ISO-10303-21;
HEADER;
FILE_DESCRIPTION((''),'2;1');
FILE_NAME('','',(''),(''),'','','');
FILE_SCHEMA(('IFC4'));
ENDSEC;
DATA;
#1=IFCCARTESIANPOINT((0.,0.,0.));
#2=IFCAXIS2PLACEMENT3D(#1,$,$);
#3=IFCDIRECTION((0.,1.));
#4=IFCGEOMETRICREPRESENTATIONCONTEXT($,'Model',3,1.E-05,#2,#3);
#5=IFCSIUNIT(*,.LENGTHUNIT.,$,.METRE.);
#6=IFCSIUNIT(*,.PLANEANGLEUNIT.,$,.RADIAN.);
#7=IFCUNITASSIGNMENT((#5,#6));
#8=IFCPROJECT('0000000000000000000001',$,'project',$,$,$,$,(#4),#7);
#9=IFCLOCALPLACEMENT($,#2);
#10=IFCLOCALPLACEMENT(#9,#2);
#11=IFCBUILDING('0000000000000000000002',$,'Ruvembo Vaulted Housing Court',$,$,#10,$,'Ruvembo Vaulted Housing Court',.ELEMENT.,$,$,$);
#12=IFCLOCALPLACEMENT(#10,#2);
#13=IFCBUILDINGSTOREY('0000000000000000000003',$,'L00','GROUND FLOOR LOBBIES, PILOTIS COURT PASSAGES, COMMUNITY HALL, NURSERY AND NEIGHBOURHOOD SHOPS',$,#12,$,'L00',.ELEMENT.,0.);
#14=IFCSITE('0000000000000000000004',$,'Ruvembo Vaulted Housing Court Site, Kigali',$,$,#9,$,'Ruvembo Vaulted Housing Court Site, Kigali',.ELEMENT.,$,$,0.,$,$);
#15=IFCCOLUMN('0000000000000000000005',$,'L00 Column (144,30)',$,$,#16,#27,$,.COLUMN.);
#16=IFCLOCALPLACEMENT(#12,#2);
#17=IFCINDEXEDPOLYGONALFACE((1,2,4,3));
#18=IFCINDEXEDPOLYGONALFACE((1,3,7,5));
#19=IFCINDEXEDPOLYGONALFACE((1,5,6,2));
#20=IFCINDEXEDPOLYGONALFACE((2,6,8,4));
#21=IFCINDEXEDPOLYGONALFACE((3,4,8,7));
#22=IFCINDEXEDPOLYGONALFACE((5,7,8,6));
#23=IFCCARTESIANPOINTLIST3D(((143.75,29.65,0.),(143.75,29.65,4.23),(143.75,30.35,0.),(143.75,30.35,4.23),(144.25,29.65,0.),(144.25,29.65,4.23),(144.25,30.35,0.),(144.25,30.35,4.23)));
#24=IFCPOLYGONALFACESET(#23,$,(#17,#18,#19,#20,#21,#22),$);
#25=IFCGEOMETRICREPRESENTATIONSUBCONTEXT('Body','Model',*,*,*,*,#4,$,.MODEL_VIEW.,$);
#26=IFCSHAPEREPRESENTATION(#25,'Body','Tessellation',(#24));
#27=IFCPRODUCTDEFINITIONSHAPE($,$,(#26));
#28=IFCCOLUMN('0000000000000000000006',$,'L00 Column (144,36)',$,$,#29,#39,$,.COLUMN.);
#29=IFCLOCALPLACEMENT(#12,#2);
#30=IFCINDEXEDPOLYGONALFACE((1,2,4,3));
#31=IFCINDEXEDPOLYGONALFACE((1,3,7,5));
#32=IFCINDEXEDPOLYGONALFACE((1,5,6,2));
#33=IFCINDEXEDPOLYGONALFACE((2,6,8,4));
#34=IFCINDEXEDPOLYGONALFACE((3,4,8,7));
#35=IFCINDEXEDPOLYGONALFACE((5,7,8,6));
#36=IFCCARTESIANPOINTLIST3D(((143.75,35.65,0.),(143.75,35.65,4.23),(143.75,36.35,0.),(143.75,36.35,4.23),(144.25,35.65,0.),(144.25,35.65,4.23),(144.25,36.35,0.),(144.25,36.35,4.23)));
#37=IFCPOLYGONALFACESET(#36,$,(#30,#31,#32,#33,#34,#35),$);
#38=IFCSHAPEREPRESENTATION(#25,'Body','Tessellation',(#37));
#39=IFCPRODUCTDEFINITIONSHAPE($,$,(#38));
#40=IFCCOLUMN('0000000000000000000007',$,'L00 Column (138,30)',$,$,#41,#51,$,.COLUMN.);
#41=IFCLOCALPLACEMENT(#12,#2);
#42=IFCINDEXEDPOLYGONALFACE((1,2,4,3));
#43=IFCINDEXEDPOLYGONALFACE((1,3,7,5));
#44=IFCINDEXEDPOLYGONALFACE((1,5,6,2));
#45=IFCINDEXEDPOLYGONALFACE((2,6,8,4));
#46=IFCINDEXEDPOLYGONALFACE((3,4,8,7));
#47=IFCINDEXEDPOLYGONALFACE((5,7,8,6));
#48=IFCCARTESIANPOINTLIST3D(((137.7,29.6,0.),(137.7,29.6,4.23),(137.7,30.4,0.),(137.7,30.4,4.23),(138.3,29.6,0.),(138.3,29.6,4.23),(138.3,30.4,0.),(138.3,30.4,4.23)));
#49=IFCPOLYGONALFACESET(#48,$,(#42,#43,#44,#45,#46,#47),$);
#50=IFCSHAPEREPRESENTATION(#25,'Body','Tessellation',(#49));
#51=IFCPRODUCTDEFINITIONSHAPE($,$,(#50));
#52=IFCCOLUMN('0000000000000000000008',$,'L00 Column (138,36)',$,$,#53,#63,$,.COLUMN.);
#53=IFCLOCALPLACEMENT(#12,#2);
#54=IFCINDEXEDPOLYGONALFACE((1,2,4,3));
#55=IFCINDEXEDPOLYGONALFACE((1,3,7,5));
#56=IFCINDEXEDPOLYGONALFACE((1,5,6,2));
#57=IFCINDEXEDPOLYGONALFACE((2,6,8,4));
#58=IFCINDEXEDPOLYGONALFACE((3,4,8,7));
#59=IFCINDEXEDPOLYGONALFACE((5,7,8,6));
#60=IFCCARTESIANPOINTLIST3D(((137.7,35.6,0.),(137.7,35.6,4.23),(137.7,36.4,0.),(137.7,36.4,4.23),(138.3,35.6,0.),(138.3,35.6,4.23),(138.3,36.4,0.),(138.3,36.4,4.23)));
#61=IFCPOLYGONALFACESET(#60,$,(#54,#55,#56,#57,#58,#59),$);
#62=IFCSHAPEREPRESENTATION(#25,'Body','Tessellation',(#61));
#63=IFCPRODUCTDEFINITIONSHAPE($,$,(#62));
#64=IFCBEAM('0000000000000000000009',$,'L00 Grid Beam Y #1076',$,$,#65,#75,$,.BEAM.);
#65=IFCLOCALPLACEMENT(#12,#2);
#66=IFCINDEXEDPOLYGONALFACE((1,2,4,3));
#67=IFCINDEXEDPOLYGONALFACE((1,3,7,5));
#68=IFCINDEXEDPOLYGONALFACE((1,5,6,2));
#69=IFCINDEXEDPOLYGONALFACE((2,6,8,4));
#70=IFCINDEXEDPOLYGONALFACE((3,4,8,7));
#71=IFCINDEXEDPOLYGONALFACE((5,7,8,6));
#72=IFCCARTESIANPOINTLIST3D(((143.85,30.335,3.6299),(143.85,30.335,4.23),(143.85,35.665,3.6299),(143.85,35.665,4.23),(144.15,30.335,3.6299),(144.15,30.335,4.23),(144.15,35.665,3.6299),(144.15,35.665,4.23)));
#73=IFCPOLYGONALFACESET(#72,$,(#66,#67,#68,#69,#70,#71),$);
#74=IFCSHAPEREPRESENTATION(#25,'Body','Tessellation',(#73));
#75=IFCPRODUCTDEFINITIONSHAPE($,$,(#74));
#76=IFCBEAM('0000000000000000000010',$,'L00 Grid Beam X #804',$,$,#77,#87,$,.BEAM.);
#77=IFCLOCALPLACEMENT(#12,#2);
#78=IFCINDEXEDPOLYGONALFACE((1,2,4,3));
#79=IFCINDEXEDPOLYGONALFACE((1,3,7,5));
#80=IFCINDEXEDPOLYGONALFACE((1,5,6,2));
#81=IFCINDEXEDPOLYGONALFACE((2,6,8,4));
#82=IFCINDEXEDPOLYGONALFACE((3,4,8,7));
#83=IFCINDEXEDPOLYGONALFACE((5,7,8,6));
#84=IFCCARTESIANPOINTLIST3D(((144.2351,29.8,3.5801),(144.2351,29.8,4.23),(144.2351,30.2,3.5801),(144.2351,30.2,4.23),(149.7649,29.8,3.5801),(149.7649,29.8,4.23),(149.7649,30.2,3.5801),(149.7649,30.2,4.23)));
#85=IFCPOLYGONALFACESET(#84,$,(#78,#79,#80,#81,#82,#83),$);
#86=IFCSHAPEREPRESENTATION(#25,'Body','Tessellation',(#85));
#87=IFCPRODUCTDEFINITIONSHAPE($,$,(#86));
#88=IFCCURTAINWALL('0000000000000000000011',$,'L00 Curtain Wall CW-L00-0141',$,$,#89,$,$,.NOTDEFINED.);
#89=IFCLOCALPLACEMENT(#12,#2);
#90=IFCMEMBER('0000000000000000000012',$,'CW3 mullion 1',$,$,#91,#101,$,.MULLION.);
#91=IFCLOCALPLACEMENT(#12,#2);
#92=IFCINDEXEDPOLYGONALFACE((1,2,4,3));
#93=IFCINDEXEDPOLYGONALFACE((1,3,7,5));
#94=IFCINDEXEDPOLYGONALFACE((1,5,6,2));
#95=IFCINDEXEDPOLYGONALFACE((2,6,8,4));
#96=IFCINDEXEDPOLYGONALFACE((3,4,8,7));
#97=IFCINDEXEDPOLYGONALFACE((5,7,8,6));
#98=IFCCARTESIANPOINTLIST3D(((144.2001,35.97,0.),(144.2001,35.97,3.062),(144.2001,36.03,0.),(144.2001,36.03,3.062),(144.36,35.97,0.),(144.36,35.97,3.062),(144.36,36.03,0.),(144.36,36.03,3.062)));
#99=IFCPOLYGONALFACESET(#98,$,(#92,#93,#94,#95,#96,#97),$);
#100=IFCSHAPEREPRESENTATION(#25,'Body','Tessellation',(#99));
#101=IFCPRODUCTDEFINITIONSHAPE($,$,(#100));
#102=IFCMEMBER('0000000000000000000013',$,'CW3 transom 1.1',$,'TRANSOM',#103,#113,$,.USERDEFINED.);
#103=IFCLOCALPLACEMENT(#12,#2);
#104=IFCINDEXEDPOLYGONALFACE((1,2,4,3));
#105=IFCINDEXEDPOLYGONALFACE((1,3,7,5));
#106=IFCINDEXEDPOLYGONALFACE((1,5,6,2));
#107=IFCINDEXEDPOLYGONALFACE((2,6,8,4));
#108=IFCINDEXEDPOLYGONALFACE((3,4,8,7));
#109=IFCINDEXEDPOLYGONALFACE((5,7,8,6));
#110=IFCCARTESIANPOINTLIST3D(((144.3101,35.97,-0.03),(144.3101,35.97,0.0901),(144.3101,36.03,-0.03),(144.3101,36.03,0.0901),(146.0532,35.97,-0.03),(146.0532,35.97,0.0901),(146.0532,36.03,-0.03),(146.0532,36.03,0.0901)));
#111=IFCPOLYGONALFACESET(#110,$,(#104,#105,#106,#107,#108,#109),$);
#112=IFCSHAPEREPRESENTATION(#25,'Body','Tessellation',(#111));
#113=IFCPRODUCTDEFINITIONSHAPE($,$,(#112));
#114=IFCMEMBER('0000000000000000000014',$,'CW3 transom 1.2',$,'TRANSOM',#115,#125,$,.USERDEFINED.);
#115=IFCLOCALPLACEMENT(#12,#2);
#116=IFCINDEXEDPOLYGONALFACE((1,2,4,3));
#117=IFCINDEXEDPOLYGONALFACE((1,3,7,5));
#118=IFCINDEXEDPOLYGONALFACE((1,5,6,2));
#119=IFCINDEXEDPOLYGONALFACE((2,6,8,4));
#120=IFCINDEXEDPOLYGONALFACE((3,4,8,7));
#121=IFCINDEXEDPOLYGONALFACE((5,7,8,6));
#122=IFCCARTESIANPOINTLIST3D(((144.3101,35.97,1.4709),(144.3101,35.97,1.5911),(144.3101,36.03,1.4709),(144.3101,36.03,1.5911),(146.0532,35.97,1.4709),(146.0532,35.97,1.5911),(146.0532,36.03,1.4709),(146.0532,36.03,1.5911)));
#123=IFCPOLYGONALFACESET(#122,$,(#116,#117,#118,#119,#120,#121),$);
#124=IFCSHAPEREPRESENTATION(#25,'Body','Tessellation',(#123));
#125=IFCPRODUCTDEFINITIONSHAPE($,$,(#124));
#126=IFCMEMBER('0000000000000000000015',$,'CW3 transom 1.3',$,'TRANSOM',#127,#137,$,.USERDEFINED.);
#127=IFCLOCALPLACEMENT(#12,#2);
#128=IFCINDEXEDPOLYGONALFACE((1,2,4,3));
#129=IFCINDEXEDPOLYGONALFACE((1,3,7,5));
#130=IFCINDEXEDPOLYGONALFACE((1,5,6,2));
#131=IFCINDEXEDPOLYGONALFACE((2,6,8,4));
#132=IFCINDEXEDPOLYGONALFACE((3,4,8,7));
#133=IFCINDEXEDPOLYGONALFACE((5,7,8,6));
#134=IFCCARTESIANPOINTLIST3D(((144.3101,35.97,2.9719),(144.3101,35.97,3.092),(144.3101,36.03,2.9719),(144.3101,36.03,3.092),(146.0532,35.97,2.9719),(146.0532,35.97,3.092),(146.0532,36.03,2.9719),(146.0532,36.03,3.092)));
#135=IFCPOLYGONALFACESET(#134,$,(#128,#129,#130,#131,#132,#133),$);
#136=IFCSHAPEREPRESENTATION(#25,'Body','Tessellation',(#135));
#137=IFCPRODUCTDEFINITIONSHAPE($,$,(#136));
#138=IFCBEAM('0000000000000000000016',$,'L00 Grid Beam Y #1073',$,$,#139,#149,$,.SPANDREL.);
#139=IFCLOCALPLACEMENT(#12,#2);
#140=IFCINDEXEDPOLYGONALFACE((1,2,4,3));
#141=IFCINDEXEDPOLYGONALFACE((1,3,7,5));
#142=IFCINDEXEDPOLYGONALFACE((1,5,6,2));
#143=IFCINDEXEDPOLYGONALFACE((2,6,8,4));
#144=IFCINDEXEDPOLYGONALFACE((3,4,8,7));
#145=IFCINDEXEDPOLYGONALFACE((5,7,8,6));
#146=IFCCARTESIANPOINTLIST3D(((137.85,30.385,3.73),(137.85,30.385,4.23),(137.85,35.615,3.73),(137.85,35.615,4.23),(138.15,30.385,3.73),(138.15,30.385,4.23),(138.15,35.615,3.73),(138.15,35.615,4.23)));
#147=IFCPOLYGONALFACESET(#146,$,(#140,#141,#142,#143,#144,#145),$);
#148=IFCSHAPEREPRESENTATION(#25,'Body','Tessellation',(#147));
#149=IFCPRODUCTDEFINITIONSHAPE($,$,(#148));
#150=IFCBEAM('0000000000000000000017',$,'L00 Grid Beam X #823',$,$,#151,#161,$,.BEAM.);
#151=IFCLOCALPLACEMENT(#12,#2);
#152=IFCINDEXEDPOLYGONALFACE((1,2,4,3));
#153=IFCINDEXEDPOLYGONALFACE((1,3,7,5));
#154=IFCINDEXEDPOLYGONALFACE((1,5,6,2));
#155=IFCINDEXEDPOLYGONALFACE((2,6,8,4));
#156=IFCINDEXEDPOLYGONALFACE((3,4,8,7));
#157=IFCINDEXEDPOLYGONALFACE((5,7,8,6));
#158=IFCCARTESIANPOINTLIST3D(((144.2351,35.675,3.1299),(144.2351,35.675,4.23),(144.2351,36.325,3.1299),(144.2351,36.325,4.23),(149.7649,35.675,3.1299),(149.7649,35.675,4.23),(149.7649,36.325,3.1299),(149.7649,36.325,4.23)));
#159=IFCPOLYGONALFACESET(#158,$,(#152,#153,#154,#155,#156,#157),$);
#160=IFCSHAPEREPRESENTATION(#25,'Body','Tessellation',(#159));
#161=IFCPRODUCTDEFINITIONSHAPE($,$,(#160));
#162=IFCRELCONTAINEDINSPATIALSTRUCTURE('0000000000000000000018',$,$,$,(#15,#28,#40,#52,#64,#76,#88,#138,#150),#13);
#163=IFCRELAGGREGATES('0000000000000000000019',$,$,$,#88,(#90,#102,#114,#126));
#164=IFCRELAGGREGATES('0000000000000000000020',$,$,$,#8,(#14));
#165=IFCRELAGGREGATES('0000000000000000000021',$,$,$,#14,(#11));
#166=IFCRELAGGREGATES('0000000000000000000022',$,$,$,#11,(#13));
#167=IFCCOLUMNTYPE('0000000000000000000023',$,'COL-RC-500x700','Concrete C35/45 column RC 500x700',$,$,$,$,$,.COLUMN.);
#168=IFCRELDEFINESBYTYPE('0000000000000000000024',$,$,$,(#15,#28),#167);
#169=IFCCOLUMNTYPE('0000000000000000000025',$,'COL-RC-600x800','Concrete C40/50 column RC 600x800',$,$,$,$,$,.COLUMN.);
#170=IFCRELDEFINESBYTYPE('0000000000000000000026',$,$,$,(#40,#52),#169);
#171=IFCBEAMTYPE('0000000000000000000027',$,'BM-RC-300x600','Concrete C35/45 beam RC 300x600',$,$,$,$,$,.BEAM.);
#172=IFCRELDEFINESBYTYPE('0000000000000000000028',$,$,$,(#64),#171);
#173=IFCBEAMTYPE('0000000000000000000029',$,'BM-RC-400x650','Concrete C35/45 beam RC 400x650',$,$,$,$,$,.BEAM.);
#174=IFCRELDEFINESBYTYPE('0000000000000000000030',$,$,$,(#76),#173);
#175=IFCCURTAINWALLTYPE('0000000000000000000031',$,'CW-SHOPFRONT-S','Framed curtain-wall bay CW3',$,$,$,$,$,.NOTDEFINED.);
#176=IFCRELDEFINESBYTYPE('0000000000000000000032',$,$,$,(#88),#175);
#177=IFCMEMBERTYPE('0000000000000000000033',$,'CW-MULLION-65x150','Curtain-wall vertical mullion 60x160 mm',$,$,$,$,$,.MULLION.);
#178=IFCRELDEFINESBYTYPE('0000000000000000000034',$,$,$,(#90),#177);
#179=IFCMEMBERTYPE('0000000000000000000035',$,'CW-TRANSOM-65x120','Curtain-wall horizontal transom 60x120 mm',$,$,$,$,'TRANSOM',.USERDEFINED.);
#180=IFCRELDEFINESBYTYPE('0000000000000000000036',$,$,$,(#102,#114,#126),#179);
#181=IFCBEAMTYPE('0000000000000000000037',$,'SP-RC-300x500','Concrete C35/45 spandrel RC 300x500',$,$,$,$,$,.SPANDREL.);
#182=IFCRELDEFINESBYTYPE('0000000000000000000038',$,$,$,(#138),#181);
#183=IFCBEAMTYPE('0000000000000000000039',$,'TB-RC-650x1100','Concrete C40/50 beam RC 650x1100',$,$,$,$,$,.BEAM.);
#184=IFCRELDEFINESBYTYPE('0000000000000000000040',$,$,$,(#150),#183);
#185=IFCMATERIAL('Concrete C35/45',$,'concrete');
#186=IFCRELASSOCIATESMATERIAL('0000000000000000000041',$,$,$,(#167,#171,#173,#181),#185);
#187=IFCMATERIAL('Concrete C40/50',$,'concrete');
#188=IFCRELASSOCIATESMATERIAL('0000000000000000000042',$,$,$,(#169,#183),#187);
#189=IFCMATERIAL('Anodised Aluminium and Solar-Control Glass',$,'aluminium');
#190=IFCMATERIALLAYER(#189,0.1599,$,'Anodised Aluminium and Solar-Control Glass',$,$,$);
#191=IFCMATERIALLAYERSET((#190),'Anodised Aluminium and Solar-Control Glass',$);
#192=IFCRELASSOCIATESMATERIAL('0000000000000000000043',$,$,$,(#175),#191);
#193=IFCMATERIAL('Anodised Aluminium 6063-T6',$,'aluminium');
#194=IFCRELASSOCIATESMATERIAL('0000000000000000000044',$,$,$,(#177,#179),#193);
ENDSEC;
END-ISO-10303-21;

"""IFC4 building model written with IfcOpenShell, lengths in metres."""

from ifc_helpers import new_model, si_unit, direction, frame, origin, origin_2d, place, context, subcontext, project, spatial, rectangle, extrude, material, layer, layer_set, material_profile, profile_set, type_object, element, aggregate, save


model = new_model("IFC4")

# Units and contexts
model_context = context("Model", 3, precision=1e-05, world=origin(), true_north=direction((0.0, 1.0)))
body_context = subcontext(model_context, "Body", "Model", "MODEL_VIEW")
ifc_project = project(units=[si_unit("LENGTHUNIT", "METRE"), si_unit("PLANEANGLEUNIT", "RADIAN")], contexts=[model_context])

# Site, building, storey
site_placement = place(None, origin())
site = spatial("IfcSite", under=ifc_project, at=site_placement, Name="Ruvembo Vaulted Housing Court Site, Kigali", LongName="Ruvembo Vaulted Housing Court Site, Kigali", CompositionType="ELEMENT", RefElevation=0.0)
building_placement = place(site_placement, origin())
building = spatial("IfcBuilding", under=site, at=building_placement, Name="Ruvembo Vaulted Housing Court", LongName="Ruvembo Vaulted Housing Court", CompositionType="ELEMENT")
storey_placement = place(building_placement, origin())
storey = spatial("IfcBuildingStorey", under=building, at=storey_placement, Name="L00", Description="GROUND FLOOR LOBBIES, PILOTIS COURT PASSAGES, COMMUNITY HALL, NURSERY AND NEIGHBOURHOOD SHOPS", LongName="L00", CompositionType="ELEMENT", Elevation=0.0)

# Columns
ifc_material_1 = material(Name="Concrete C35/45", Category="concrete")
ifc_material_profile_1 = material_profile(ifc_material_1, rectangle(XDim=0.5, YDim=0.7, at=origin_2d()), Name="RC 500x700")
ifc_profile_set_1 = profile_set([ifc_material_profile_1], Name="Concrete C35/45")
column_type_1 = type_object("IfcColumnType", Name="COL-RC-500x700", Description="Concrete C35/45 column RC 500x700", PredefinedType="COLUMN", material=ifc_profile_set_1)
for number, where, z_axis, x_axis, name in (
    (1, (144.0, 30.0, 0.0), (0.0, 0.0, 1.0), (1.0, 0.0, 0.0), "L00 Column (144,30)"),
    (2, (144.0, 36.0, 0.0), (0.0, 0.0, 1.0), (1.0, 0.0, 0.0), "L00 Column (144,36)"),
):
    element("IfcColumn", number, at=place(storey_placement, frame(where, z_axis=z_axis, x_axis=x_axis)), inside=storey, type_object=column_type_1, Name=name, PredefinedType="COLUMN", context=body_context, shape_type="SweptSolid", body=[
        extrude(rectangle(XDim=0.5, YDim=0.7, at=origin_2d()), origin(), (0.0, 0.0, 1.0), 4.23),
    ])
ifc_material_2 = material(Name="Concrete C40/50", Category="concrete")
ifc_material_profile_2 = material_profile(ifc_material_2, rectangle(XDim=0.6001, YDim=0.8, at=origin_2d()), Name="RC 600x800")
ifc_profile_set_2 = profile_set([ifc_material_profile_2], Name="Concrete C40/50")
column_type_2 = type_object("IfcColumnType", Name="COL-RC-600x800", Description="Concrete C40/50 column RC 600x800", PredefinedType="COLUMN", material=ifc_profile_set_2)
for number, where, z_axis, x_axis, name in (
    (3, (138.0, 30.0, 0.0), (0.0, 0.0, 1.0), (1.0, 0.0, 0.0), "L00 Column (138,30)"),
    (4, (138.0, 36.0, 0.0), (0.0, 0.0, 1.0), (1.0, 0.0, 0.0), "L00 Column (138,36)"),
):
    element("IfcColumn", number, at=place(storey_placement, frame(where, z_axis=z_axis, x_axis=x_axis)), inside=storey, type_object=column_type_2, Name=name, PredefinedType="COLUMN", context=body_context, shape_type="SweptSolid", body=[
        extrude(rectangle(XDim=0.6001, YDim=0.8, at=origin_2d()), origin(), (0.0, 0.0, 1.0), 4.23),
    ])

# Beams
ifc_material_profile_3 = material_profile(ifc_material_1, rectangle(XDim=0.3, YDim=0.6001, at=origin_2d()), Name="RC 300x600")
ifc_profile_set_3 = profile_set([ifc_material_profile_3], Name="Concrete C35/45")
beam_type_1 = type_object("IfcBeamType", Name="BM-RC-300x600", Description="Concrete C35/45 beam RC 300x600", PredefinedType="BEAM", material=ifc_profile_set_3)
beam_1_placement = place(storey_placement, frame((144.0, 30.335, 3.9299), z_axis=(0.0, 1.0, 0.0), x_axis=(-1.0, 0.0, 0.0)))
element("IfcBeam", 5, at=beam_1_placement, inside=storey, type_object=beam_type_1, Name="L00 Grid Beam Y #1076", PredefinedType="BEAM", context=body_context, shape_type="SweptSolid", body=[
    extrude(rectangle(XDim=0.3, YDim=0.6001, at=origin_2d()), origin(), (0.0, 0.0, 1.0), 5.3301),
])
ifc_material_profile_4 = material_profile(ifc_material_1, rectangle(XDim=0.3999, YDim=0.6499, at=origin_2d()), Name="RC 400x650")
ifc_profile_set_4 = profile_set([ifc_material_profile_4], Name="Concrete C35/45")
beam_type_2 = type_object("IfcBeamType", Name="BM-RC-400x650", Description="Concrete C35/45 beam RC 400x650", PredefinedType="BEAM", material=ifc_profile_set_4)
beam_2_placement = place(storey_placement, frame((144.2351, 30.0, 3.905), z_axis=(1.0, 0.0, 0.0), x_axis=(0.0, 1.0, 0.0)))
element("IfcBeam", 6, at=beam_2_placement, inside=storey, type_object=beam_type_2, Name="L00 Grid Beam X #804", PredefinedType="BEAM", context=body_context, shape_type="SweptSolid", body=[
    extrude(rectangle(XDim=0.3999, YDim=0.6499, at=origin_2d()), origin(), (0.0, 0.0, 1.0), 5.5298),
])

# Curtain wall, members
ifc_material_3 = material(Name="Anodised Aluminium and Solar-Control Glass", Category="aluminium")
ifc_layer_1 = layer(ifc_material_3, 0.1599, Name="Anodised Aluminium and Solar-Control Glass")
ifc_layer_set_1 = layer_set([ifc_layer_1], Name="Anodised Aluminium and Solar-Control Glass")
curtain_wall_type = type_object("IfcCurtainWallType", Name="CW-SHOPFRONT-S", Description="Framed curtain-wall bay CW3", PredefinedType="NOTDEFINED", material=ifc_layer_set_1)
curtain_wall_placement = place(storey_placement, origin())
curtain_wall = element("IfcCurtainWall", 7, at=curtain_wall_placement, inside=storey, type_object=curtain_wall_type, Name="L00 Curtain Wall CW-L00-0141", PredefinedType="NOTDEFINED")
ifc_material_4 = material(Name="Anodised Aluminium 6063-T6", Category="aluminium")
ifc_material_profile_5 = material_profile(ifc_material_4, rectangle(XDim=0.0601, YDim=0.1599, at=origin_2d()), Name="ALU 60x160")
ifc_profile_set_5 = profile_set([ifc_material_profile_5], Name="Anodised Aluminium 6063-T6")
member_type_1 = type_object("IfcMemberType", Name="CW-MULLION-65x150", Description="Curtain-wall vertical mullion 60x160 mm", PredefinedType="MULLION", material=ifc_profile_set_5)
member_1_placement = place(storey_placement, frame((144.28, 36.0, 0.0), z_axis=(0.0, 0.0, 1.0), x_axis=(0.0, 1.0, 0.0)))
member_1 = element("IfcMember", 8, at=member_1_placement, type_object=member_type_1, Name="CW3 mullion 1", PredefinedType="MULLION", context=body_context, shape_type="SweptSolid", body=[
    extrude(rectangle(XDim=0.0601, YDim=0.1599, at=origin_2d()), origin(), (0.0, 0.0, 1.0), 3.062),
])
ifc_material_profile_6 = material_profile(ifc_material_4, rectangle(XDim=0.0601, YDim=0.1201, at=origin_2d()), Name="ALU 60x120")
ifc_profile_set_6 = profile_set([ifc_material_profile_6], Name="Anodised Aluminium 6063-T6")
member_type_2 = type_object("IfcMemberType", Name="CW-TRANSOM-65x120", Description="Curtain-wall horizontal transom 60x120 mm", ElementType="TRANSOM", PredefinedType="USERDEFINED", material=ifc_profile_set_6)
member_2_placement = place(storey_placement, frame((144.3101, 36.0, 0.03), z_axis=(1.0, 0.0, 0.0), x_axis=(0.0, 1.0, 0.0)))
member_2 = element("IfcMember", 9, at=member_2_placement, type_object=member_type_2, Name="CW3 transom 1.1", ObjectType="TRANSOM", PredefinedType="USERDEFINED", context=body_context, shape_type="SweptSolid", body=[
    extrude(rectangle(XDim=0.0601, YDim=0.1201, at=origin_2d()), origin(), (0.0, 0.0, 1.0), 1.7432),
])
member_3_placement = place(storey_placement, frame((144.3101, 36.0, 1.531), z_axis=(1.0, 0.0, 0.0), x_axis=(0.0, 1.0, 0.0)))
member_3 = element("IfcMember", 10, at=member_3_placement, type_object=member_type_2, Name="CW3 transom 1.2", ObjectType="TRANSOM", PredefinedType="USERDEFINED", context=body_context, shape_type="SweptSolid", body=[
    extrude(rectangle(XDim=0.0601, YDim=0.1201, at=origin_2d()), origin(), (0.0, 0.0, 1.0), 1.7432),
])
member_4_placement = place(storey_placement, frame((144.3101, 36.0, 3.032), z_axis=(1.0, 0.0, 0.0), x_axis=(0.0, 1.0, 0.0)))
member_4 = element("IfcMember", 11, at=member_4_placement, type_object=member_type_2, Name="CW3 transom 1.3", ObjectType="TRANSOM", PredefinedType="USERDEFINED", context=body_context, shape_type="SweptSolid", body=[
    extrude(rectangle(XDim=0.0601, YDim=0.1201, at=origin_2d()), origin(), (0.0, 0.0, 1.0), 1.7432),
])
aggregate(curtain_wall, [member_1, member_2, member_3, member_4])

# Beams
ifc_material_profile_7 = material_profile(ifc_material_1, rectangle(XDim=0.3, YDim=0.5, at=origin_2d()), Name="RC 300x500")
ifc_profile_set_7 = profile_set([ifc_material_profile_7], Name="Concrete C35/45")
beam_type_3 = type_object("IfcBeamType", Name="SP-RC-300x500", Description="Concrete C35/45 spandrel RC 300x500", PredefinedType="SPANDREL", material=ifc_profile_set_7)
beam_3_placement = place(storey_placement, frame((138.0, 30.385, 3.98), z_axis=(0.0, 1.0, 0.0), x_axis=(-1.0, 0.0, 0.0)))
element("IfcBeam", 12, at=beam_3_placement, inside=storey, type_object=beam_type_3, Name="L00 Grid Beam Y #1073", PredefinedType="SPANDREL", context=body_context, shape_type="SweptSolid", body=[
    extrude(rectangle(XDim=0.3, YDim=0.5, at=origin_2d()), origin(), (0.0, 0.0, 1.0), 5.23),
])
ifc_material_profile_8 = material_profile(ifc_material_2, rectangle(XDim=0.6499, YDim=1.1001, at=origin_2d()), Name="RC 650x1100")
ifc_profile_set_8 = profile_set([ifc_material_profile_8], Name="Concrete C40/50")
beam_type_4 = type_object("IfcBeamType", Name="TB-RC-650x1100", Description="Concrete C40/50 beam RC 650x1100", PredefinedType="BEAM", material=ifc_profile_set_8)
beam_4_placement = place(storey_placement, frame((144.2351, 36.0, 3.6799), z_axis=(1.0, 0.0, 0.0), x_axis=(0.0, 1.0, 0.0)))
element("IfcBeam", 13, at=beam_4_placement, inside=storey, type_object=beam_type_4, Name="L00 Grid Beam X #823", PredefinedType="BEAM", context=body_context, shape_type="SweptSolid", body=[
    extrude(rectangle(XDim=0.6499, YDim=1.1001, at=origin_2d()), origin(), (0.0, 0.0, 1.0), 5.5298),
])

save(model, "model.ifc")
